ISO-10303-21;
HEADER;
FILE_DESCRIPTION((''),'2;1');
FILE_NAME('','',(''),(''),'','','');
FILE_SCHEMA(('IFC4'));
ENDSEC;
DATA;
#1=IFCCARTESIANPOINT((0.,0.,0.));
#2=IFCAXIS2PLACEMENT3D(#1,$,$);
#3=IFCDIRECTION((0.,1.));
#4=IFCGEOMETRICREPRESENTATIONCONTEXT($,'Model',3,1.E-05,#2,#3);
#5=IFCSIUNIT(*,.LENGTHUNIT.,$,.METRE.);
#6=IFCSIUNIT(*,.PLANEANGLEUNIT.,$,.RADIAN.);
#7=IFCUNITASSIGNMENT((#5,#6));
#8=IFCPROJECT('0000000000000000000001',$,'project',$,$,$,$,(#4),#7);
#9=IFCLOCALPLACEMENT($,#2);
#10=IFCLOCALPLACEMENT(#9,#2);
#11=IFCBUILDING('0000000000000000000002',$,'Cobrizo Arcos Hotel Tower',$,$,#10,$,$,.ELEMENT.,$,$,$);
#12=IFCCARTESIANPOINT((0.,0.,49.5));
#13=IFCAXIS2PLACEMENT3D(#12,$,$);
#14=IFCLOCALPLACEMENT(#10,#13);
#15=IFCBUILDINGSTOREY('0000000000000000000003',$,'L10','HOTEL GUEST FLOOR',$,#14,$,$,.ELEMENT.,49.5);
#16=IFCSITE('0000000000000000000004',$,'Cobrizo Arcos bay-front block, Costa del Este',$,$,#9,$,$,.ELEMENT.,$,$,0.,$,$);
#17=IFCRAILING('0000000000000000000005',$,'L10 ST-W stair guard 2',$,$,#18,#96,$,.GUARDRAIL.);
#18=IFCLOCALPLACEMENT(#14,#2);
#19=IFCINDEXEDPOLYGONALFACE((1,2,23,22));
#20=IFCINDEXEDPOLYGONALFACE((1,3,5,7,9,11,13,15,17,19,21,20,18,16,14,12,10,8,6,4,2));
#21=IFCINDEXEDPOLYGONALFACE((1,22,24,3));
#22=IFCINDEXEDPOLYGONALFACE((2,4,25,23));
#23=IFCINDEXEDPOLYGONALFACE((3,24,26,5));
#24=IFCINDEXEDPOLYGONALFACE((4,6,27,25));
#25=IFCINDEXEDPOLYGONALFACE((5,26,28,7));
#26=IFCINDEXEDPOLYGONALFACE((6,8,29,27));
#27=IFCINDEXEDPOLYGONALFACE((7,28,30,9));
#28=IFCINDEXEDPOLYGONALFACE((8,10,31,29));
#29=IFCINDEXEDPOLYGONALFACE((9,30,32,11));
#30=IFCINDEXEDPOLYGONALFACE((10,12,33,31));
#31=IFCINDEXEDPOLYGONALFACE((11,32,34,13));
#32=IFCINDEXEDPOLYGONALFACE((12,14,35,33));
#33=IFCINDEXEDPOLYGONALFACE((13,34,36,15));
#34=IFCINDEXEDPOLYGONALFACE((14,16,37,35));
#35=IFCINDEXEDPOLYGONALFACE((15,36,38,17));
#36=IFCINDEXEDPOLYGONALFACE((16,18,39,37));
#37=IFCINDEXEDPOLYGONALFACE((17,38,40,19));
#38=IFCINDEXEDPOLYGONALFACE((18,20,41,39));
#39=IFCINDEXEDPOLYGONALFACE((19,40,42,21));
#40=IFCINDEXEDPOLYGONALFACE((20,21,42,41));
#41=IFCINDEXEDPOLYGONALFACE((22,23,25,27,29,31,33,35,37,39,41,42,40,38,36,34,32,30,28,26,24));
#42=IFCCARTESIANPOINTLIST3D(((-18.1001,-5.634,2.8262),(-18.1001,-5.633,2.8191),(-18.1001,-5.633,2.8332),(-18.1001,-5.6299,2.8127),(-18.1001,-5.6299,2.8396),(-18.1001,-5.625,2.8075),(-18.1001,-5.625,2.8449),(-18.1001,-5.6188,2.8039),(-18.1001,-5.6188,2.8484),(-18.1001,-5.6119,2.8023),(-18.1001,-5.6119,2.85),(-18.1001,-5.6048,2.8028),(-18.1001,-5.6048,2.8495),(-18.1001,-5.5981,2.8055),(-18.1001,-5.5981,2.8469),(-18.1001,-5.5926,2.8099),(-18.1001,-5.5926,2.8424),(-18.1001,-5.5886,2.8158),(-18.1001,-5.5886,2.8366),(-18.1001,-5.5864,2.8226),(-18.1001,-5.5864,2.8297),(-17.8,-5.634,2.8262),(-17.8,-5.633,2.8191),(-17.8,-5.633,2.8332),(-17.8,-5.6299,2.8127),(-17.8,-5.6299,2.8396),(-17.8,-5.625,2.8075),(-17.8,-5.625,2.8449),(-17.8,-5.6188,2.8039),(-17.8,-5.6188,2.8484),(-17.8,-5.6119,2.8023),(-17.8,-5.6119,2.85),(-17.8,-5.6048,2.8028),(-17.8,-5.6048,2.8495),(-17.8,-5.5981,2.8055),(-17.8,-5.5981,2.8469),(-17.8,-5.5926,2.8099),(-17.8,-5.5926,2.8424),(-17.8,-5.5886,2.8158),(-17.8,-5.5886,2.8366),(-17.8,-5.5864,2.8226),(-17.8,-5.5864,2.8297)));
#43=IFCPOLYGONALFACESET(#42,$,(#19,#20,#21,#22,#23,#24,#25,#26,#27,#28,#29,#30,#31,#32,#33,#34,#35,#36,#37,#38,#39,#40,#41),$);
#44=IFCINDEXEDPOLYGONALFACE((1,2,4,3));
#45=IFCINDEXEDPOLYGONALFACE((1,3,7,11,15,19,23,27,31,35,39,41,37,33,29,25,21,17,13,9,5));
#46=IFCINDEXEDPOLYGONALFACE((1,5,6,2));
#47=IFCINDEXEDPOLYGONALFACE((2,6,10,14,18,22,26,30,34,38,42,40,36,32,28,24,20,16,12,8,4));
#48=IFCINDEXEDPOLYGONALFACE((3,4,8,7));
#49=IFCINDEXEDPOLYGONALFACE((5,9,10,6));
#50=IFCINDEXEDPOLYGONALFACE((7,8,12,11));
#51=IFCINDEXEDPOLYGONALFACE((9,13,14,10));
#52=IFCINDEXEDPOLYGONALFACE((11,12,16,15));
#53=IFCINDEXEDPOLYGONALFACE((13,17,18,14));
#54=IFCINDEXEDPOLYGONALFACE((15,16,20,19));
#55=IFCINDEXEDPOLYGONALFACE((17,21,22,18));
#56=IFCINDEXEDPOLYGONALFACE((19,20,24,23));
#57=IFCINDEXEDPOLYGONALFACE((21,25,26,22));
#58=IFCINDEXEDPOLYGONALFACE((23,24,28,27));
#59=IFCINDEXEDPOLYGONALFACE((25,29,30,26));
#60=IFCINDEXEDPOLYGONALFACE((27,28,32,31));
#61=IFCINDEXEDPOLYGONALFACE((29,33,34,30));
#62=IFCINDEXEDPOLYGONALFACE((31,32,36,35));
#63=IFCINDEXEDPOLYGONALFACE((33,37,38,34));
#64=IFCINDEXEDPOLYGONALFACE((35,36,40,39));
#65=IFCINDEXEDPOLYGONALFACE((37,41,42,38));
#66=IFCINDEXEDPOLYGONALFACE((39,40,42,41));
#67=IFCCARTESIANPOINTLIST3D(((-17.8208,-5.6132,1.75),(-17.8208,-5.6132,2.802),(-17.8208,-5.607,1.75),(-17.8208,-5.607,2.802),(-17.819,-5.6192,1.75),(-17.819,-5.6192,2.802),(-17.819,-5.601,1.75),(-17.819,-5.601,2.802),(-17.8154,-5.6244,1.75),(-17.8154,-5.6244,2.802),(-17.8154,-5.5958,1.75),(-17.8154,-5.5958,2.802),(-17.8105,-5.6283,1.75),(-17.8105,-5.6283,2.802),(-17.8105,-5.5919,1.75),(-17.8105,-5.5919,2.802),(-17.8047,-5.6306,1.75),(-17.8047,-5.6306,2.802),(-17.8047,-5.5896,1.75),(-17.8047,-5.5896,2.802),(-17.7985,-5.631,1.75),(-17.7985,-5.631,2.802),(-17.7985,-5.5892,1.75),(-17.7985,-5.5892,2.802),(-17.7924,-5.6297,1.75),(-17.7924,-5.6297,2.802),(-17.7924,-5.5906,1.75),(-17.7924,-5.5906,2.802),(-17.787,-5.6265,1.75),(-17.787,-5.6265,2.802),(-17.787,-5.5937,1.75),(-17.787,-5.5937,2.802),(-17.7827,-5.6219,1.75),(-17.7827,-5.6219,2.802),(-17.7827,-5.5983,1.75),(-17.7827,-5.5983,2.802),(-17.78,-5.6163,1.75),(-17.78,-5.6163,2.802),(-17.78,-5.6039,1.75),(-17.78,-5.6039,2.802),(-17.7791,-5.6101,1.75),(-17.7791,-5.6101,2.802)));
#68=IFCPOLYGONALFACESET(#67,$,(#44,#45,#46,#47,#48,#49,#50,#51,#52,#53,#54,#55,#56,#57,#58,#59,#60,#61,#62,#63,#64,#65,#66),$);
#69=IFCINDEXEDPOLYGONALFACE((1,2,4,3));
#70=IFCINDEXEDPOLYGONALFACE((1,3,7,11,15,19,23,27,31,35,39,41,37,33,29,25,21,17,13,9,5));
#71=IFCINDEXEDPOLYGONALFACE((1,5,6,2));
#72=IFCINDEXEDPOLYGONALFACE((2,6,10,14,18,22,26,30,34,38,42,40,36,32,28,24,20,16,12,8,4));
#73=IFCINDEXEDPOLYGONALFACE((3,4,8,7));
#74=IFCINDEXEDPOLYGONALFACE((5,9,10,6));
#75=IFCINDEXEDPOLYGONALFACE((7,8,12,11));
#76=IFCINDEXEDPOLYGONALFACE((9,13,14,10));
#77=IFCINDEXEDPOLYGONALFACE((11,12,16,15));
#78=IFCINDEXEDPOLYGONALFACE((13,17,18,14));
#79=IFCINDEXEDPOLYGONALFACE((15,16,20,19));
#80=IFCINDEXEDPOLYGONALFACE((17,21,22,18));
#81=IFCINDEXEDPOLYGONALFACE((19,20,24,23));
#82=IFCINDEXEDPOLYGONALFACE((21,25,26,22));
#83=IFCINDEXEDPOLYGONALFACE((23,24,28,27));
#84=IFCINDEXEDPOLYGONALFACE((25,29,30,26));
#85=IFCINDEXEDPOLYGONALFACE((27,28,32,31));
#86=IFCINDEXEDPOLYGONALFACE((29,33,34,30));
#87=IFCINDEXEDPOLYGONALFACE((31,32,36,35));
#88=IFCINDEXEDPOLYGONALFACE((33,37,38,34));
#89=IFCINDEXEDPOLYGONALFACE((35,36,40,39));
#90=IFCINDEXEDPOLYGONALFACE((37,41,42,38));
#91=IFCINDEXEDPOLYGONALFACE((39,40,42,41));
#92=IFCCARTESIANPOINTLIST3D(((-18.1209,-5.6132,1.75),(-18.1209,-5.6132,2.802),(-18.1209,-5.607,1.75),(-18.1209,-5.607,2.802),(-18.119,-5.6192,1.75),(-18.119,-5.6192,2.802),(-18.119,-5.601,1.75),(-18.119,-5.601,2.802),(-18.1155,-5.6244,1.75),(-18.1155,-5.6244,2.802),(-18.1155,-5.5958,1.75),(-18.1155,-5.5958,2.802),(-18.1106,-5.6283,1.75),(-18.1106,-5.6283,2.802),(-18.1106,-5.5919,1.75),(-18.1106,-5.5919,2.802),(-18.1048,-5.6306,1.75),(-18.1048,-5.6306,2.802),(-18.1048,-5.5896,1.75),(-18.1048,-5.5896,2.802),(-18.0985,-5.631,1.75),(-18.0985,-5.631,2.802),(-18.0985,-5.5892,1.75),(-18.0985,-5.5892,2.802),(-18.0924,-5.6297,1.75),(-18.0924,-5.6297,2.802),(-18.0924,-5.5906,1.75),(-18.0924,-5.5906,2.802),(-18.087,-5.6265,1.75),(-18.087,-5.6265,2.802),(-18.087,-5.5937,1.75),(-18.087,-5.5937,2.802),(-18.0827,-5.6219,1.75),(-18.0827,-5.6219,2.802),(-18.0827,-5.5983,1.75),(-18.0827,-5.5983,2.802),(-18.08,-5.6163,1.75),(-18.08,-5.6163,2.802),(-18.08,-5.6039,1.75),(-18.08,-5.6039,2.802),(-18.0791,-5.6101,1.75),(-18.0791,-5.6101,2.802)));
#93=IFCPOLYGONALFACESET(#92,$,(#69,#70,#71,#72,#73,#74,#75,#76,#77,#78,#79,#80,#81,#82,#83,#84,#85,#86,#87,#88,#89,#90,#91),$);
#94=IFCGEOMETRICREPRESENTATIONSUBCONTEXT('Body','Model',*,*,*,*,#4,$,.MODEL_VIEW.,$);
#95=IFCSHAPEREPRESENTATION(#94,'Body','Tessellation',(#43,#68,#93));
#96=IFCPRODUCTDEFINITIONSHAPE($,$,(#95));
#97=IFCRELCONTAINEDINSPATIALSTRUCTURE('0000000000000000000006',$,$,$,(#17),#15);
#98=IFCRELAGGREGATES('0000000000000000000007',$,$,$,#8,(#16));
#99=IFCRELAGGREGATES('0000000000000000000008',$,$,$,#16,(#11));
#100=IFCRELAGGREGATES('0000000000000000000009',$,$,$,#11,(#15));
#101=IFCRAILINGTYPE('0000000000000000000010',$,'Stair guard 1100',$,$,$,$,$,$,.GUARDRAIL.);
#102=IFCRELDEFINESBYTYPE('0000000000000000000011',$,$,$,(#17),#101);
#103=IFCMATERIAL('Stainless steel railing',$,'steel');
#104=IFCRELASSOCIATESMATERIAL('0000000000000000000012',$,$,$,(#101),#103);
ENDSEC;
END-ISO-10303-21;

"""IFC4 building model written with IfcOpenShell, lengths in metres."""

from ifc_helpers import new_model, si_unit, direction, frame, origin, origin_2d, place, context, subcontext, project, spatial, circle, extrude, material, type_object, element, save


model = new_model("IFC4")

# Units and contexts
model_context = context("Model", 3, precision=1e-05, world=origin(), true_north=direction((0.0, 1.0)))
body_context = subcontext(model_context, "Body", "Model", "MODEL_VIEW")
ifc_project = project(units=[si_unit("LENGTHUNIT", "METRE"), si_unit("PLANEANGLEUNIT", "RADIAN")], contexts=[model_context])

# Site, building, storey
site_placement = place(None, origin())
site = spatial("IfcSite", under=ifc_project, at=site_placement, Name="Cobrizo Arcos bay-front block, Costa del Este", CompositionType="ELEMENT", RefElevation=0.0)
building_placement = place(site_placement, origin())
building = spatial("IfcBuilding", under=site, at=building_placement, Name="Cobrizo Arcos Hotel Tower", CompositionType="ELEMENT")
storey_placement = place(building_placement, frame((0.0, 0.0, 49.5)))
storey = spatial("IfcBuildingStorey", under=building, at=storey_placement, Name="L10", Description="HOTEL GUEST FLOOR", CompositionType="ELEMENT", Elevation=49.5)

# Railing
ifc_material_1 = material(Name="Stainless steel railing", Category="steel")
railing_type_1 = type_object("IfcRailingType", Name="Stair guard 1100", PredefinedType="GUARDRAIL", material=ifc_material_1)
railing_1_placement = place(storey_placement, frame((-17.8, -5.6101, 1.75)))
element("IfcRailing", 1, at=railing_1_placement, inside=storey, type_object=railing_type_1, Name="L10 ST-W stair guard 2", PredefinedType="GUARDRAIL", context=body_context, shape_type="SweptSolid", body=[
    extrude(circle(Radius=0.0239, at=origin_2d()), frame((0.0, 0.0, 1.0762), z_axis=(-1.0, 0.0, 0.0), x_axis=(0.0, -1.0, 0.0)), (0.0, 0.0, 1.0), 0.3),
    extrude(circle(Radius=0.021, at=origin_2d()), origin(), (0.0, 0.0, 1.0), 1.052),
    extrude(circle(Radius=0.021, at=origin_2d()), frame((-0.3, 0.0, 0.0)), (0.0, 0.0, 1.0), 1.052),
])

save(model, "model.ifc")
